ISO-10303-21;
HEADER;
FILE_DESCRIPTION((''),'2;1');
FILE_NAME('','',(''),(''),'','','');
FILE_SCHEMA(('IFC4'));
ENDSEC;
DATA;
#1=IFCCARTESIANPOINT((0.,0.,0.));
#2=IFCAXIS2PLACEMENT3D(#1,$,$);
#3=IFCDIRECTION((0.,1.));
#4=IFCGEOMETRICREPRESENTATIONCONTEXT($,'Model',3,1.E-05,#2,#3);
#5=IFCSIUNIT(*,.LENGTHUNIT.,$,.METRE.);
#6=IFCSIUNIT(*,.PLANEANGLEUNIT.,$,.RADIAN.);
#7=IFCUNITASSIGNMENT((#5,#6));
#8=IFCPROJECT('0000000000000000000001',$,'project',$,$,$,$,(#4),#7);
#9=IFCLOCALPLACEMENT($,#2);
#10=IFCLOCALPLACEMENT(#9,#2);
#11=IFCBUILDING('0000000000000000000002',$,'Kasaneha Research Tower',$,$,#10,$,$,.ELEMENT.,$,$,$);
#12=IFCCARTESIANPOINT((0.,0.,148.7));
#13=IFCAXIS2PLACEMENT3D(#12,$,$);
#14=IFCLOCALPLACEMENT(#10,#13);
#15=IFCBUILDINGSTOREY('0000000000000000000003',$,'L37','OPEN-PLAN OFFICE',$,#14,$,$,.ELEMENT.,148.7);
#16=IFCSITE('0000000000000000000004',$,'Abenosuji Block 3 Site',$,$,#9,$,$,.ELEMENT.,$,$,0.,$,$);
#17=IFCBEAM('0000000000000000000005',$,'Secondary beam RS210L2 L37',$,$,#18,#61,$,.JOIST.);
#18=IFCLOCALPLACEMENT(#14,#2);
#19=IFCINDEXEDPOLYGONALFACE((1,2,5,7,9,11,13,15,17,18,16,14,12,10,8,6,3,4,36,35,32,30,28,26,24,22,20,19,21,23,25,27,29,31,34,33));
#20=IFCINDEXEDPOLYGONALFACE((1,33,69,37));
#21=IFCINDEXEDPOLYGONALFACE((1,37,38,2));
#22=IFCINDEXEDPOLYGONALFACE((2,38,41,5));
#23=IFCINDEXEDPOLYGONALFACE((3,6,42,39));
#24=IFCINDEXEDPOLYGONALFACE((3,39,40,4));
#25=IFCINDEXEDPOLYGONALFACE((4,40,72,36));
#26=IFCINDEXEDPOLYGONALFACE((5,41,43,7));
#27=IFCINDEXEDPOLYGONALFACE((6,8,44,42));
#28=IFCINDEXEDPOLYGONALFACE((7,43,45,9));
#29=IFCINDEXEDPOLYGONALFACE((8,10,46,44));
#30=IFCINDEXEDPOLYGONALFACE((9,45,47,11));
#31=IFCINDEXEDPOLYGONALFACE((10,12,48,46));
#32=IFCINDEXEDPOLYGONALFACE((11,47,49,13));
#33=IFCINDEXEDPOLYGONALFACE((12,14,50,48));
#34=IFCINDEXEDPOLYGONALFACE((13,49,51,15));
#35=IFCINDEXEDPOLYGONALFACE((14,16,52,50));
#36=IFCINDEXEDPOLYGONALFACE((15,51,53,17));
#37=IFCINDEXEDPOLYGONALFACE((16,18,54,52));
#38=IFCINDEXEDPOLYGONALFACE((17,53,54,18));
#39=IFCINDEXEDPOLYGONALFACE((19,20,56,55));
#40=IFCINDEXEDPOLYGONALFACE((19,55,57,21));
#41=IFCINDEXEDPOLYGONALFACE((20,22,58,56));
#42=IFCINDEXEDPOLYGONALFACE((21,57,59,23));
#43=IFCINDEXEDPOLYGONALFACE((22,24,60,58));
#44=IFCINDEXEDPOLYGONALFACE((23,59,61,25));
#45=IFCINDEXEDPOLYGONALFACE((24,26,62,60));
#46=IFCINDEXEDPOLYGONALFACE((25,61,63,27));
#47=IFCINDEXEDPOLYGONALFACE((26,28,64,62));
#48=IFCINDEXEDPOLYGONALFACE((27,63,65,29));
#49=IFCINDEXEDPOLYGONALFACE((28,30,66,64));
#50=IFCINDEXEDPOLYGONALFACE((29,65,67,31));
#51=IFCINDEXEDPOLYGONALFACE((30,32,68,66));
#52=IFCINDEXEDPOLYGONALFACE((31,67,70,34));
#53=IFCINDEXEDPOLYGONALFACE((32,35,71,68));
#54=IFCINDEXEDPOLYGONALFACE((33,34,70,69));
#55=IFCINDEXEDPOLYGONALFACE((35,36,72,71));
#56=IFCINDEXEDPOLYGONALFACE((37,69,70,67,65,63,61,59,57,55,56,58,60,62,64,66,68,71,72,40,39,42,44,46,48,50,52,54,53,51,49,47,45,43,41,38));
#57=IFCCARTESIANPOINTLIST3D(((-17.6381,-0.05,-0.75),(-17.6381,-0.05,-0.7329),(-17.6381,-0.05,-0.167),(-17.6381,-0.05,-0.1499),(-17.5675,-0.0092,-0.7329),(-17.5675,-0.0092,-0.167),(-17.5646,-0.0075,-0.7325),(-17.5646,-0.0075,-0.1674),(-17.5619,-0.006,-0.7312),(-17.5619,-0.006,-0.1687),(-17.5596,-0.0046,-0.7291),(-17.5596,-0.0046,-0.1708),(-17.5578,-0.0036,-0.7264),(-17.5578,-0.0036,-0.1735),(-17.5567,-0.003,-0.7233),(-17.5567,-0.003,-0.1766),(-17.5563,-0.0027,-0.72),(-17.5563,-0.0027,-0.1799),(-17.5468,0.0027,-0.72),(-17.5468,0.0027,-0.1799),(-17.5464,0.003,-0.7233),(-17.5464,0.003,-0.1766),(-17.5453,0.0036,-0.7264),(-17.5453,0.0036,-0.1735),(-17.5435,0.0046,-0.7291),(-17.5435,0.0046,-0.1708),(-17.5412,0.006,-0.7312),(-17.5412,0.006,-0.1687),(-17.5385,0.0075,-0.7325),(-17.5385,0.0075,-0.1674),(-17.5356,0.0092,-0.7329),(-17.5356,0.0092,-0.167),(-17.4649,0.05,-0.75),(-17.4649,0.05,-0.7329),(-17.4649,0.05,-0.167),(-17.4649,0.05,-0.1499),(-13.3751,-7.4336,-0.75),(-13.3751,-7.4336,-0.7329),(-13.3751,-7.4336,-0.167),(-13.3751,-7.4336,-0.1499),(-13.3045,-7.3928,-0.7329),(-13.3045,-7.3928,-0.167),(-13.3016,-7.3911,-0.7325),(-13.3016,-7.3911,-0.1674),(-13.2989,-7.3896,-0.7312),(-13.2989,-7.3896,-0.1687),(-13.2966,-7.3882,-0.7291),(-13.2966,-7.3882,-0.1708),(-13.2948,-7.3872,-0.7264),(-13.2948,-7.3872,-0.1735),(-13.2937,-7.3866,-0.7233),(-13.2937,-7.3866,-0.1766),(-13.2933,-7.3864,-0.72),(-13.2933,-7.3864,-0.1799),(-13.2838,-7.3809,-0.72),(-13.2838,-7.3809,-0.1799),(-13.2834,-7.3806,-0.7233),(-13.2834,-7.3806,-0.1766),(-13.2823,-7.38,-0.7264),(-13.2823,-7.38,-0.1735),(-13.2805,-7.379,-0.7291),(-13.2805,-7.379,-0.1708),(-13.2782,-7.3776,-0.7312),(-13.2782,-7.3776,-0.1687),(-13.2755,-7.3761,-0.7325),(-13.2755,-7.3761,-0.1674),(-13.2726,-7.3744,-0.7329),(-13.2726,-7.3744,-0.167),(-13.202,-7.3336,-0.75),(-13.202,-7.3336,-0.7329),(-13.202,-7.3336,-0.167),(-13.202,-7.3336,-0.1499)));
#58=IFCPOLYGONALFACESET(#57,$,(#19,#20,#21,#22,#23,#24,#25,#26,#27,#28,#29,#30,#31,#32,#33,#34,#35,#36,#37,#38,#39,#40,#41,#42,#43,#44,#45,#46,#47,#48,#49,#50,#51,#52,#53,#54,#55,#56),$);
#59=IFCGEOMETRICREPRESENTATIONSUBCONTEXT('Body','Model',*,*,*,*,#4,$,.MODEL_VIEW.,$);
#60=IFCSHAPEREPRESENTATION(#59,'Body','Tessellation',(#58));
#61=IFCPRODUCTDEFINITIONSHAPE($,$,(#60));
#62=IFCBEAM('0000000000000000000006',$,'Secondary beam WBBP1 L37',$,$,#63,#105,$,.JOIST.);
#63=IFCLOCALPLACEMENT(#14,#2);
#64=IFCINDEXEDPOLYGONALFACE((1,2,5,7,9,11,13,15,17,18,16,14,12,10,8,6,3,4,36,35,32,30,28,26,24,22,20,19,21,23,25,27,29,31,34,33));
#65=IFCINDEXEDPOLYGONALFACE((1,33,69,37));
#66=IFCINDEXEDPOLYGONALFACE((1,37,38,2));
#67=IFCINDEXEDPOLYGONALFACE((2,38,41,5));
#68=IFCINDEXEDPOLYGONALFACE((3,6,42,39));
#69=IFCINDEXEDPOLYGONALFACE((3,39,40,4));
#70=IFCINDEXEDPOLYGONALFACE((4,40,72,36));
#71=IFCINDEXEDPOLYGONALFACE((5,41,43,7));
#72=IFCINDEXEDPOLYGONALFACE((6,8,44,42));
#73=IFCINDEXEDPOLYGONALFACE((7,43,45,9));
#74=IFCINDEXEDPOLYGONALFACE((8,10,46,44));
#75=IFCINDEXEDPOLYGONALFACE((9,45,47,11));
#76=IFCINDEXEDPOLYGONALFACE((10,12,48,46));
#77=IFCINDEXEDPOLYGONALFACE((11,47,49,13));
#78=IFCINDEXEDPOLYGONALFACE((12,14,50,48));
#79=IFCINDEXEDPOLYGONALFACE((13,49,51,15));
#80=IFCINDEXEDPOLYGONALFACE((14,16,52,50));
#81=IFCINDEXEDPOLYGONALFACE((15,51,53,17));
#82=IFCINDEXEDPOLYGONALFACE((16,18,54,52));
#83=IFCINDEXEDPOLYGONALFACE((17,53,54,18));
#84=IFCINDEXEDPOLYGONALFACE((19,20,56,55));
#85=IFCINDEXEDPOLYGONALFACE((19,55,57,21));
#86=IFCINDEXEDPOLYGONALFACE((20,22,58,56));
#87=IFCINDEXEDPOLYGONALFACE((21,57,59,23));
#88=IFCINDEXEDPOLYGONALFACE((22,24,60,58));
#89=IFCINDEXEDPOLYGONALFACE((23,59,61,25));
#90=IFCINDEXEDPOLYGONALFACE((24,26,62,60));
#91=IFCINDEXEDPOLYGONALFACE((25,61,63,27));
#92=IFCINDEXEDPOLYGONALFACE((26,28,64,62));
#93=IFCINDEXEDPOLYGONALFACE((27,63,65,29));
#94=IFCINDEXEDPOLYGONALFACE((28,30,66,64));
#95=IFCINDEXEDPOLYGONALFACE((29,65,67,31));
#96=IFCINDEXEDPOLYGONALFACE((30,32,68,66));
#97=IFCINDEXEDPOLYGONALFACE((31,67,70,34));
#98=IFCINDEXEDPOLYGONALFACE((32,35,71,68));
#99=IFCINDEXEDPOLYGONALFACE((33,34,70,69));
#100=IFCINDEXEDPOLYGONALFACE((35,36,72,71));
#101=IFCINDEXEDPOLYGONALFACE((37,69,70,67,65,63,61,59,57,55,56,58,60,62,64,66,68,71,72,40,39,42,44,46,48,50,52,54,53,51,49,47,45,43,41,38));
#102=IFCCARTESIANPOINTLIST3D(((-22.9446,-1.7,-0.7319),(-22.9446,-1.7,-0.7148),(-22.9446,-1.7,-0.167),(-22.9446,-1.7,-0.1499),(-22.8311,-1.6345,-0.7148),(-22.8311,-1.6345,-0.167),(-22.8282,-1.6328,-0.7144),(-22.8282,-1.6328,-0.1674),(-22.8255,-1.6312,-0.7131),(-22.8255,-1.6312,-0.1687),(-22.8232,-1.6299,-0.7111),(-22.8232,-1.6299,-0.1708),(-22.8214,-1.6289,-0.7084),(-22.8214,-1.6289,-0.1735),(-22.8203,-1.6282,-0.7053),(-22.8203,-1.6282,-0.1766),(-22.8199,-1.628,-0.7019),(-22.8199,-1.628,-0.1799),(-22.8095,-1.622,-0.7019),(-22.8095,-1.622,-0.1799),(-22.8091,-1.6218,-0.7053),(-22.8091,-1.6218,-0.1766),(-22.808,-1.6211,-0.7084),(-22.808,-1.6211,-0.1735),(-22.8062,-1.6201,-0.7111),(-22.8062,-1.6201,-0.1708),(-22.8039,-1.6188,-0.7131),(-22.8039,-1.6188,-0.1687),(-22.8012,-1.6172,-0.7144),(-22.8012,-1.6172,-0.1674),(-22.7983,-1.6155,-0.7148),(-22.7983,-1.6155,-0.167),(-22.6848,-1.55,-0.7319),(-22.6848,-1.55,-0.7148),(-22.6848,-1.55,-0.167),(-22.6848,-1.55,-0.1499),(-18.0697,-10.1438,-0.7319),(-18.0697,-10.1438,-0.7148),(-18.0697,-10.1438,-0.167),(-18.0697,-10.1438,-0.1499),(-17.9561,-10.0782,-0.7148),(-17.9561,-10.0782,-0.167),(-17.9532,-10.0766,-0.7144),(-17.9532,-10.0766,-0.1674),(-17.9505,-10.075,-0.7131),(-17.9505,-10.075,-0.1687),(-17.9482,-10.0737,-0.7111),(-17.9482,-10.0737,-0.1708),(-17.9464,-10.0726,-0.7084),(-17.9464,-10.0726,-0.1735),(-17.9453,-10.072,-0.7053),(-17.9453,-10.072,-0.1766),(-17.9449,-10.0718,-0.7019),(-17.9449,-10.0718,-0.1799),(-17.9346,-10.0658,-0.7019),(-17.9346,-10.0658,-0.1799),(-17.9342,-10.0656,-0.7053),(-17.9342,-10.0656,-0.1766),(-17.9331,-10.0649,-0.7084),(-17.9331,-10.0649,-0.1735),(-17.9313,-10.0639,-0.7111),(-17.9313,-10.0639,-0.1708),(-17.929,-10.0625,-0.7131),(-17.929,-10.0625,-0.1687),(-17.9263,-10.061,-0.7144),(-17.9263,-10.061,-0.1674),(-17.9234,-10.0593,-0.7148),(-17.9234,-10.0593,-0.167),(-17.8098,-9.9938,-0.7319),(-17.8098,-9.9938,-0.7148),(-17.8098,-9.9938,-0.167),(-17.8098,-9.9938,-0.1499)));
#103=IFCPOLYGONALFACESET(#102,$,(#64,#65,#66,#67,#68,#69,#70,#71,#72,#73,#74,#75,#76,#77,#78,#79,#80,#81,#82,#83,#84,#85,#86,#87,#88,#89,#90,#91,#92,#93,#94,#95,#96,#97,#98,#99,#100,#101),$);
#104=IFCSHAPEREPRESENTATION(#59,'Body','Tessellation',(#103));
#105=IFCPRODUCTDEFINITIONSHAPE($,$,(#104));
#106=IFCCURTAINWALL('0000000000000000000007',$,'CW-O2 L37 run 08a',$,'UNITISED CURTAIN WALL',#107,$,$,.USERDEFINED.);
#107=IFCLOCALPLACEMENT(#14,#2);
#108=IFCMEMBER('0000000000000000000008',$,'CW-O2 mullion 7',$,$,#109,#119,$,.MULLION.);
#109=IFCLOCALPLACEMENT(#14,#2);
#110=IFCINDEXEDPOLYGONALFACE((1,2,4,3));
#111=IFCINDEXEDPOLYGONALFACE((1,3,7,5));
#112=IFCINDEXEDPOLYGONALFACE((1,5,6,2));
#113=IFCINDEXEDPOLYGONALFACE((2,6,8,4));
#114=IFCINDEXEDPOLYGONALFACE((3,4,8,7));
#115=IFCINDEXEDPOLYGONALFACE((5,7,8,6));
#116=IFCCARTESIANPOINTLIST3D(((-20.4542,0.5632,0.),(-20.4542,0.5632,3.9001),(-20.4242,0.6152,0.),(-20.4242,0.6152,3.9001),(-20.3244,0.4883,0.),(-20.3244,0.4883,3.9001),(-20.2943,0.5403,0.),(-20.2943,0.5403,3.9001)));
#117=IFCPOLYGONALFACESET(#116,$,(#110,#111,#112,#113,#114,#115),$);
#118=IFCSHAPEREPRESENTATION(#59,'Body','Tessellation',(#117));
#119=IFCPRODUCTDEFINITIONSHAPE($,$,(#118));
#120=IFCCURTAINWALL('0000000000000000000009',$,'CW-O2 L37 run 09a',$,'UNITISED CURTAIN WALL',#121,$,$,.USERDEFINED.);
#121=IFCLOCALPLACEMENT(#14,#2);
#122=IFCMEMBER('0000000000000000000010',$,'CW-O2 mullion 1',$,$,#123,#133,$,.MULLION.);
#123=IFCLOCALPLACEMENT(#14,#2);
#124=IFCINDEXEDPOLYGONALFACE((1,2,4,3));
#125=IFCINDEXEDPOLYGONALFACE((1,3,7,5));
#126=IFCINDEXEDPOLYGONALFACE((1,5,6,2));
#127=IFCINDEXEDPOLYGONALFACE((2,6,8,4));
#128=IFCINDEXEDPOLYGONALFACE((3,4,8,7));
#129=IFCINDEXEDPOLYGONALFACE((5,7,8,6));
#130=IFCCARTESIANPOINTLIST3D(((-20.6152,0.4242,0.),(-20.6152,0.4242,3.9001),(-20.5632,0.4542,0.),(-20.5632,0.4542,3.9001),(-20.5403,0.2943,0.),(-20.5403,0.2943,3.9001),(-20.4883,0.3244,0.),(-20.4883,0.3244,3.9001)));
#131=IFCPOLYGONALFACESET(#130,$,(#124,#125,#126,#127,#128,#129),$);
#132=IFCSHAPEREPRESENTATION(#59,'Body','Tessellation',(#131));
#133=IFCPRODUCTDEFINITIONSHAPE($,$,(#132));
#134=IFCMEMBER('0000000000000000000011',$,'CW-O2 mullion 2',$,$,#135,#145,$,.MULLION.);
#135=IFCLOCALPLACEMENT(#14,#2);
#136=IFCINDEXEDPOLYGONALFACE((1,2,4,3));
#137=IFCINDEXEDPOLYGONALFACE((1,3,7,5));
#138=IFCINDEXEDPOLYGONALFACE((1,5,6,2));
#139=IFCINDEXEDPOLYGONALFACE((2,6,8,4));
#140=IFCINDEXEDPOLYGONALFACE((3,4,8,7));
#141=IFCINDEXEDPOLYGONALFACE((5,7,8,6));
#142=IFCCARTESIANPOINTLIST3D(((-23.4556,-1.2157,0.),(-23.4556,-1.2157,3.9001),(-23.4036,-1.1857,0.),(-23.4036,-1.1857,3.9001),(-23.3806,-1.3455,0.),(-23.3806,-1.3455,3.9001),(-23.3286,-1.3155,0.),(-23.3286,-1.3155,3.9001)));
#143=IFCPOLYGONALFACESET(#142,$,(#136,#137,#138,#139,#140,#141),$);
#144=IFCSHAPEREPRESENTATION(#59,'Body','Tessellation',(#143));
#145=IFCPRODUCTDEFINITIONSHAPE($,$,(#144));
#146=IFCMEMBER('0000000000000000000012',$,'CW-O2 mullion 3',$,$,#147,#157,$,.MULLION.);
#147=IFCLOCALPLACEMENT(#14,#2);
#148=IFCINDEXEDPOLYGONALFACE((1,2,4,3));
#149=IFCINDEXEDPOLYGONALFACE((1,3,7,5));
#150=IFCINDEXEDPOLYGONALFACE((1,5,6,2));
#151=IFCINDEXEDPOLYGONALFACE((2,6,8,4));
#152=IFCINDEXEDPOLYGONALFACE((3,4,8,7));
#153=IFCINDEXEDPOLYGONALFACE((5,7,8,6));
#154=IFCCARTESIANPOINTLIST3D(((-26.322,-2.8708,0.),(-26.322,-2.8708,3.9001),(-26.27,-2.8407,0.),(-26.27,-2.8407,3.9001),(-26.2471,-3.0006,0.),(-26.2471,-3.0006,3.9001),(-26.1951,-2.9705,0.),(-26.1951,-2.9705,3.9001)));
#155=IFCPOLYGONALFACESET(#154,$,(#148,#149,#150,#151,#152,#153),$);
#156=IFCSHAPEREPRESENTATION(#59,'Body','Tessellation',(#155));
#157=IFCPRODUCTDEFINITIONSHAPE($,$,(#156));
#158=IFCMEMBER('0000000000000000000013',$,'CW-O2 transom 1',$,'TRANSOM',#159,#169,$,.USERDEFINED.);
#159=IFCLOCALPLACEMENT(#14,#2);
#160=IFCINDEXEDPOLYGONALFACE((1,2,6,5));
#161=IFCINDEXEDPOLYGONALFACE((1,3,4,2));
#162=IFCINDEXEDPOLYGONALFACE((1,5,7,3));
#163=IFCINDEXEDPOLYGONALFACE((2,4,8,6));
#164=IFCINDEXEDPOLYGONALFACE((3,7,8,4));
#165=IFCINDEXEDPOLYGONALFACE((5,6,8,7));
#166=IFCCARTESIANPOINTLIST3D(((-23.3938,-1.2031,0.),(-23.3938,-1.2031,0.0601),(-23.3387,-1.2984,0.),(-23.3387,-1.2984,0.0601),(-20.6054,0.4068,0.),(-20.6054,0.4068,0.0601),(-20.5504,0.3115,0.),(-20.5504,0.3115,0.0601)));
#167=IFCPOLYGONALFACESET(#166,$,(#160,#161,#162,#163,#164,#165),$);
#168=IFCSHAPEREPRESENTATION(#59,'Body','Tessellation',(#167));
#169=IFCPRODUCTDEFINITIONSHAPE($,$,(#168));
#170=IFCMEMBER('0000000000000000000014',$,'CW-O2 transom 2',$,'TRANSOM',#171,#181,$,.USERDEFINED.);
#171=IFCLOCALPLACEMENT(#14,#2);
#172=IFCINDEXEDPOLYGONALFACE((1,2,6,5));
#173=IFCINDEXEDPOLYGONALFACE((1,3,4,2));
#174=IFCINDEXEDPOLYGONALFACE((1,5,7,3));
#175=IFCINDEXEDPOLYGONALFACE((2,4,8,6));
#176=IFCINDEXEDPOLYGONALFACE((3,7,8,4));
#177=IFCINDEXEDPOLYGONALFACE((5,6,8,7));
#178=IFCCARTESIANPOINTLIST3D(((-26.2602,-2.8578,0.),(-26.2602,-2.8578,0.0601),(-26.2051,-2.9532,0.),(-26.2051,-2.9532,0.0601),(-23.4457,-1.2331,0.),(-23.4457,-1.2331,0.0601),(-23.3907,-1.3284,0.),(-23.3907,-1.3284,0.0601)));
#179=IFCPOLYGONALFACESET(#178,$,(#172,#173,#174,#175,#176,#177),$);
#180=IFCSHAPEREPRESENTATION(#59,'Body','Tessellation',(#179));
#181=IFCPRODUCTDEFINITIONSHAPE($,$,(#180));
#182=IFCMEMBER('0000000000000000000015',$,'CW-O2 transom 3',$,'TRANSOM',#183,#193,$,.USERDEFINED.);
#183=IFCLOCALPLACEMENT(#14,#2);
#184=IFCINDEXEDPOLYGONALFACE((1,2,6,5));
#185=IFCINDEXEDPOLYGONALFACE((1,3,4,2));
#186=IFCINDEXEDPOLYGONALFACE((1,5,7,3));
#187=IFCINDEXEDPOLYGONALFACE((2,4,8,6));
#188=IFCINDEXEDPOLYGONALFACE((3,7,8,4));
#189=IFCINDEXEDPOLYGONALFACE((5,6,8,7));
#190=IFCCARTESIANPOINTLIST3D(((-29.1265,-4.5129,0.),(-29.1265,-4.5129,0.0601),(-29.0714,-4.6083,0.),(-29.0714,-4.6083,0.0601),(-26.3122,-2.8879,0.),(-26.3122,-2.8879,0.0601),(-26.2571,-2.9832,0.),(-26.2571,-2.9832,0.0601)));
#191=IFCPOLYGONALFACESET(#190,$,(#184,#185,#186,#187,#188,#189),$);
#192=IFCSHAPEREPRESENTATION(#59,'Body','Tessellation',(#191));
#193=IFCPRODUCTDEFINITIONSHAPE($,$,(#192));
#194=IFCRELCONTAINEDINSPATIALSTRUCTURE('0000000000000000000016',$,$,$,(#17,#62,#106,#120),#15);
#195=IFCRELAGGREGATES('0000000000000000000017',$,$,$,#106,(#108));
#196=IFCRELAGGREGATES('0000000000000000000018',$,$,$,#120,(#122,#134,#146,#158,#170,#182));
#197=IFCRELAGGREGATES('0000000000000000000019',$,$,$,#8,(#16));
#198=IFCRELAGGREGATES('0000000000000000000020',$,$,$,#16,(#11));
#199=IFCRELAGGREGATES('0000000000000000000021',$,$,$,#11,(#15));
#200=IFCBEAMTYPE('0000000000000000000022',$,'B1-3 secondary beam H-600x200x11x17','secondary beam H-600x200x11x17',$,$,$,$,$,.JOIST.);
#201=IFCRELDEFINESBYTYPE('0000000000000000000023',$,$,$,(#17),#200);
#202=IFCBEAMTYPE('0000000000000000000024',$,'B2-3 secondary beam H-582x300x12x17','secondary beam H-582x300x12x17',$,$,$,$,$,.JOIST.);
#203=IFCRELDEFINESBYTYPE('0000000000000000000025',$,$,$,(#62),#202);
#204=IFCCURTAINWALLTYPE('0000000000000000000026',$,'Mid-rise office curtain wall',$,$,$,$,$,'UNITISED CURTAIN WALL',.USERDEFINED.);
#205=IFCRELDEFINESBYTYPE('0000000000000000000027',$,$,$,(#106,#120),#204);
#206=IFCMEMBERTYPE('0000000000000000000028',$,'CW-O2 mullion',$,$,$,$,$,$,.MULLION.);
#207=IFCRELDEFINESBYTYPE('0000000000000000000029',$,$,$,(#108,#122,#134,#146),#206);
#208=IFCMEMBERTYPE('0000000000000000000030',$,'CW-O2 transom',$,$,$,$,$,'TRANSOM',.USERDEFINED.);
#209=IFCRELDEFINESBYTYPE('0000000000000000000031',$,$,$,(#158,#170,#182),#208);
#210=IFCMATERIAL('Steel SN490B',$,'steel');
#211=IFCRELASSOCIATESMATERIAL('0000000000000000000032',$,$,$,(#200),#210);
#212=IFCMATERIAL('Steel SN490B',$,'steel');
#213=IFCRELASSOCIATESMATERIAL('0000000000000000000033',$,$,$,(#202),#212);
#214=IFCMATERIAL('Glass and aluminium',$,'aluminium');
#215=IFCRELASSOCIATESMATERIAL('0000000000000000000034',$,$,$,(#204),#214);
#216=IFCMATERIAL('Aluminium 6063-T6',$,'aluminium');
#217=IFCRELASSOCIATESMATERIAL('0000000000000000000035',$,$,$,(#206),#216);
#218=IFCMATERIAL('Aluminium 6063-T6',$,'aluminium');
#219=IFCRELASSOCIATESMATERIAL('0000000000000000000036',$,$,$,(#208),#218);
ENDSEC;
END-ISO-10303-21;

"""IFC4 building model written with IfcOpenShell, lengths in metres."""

from ifc_helpers import new_model, si_unit, direction, frame, origin, origin_2d, place, context, subcontext, project, spatial, rectangle, i_section, extrude, material, material_profile, profile_set, type_object, element, aggregate, save


model = new_model("IFC4")

# Units and contexts
model_context = context("Model", 3, precision=1e-05, world=origin(), true_north=direction((0.0, 1.0)))
body_context = subcontext(model_context, "Body", "Model", "MODEL_VIEW")
ifc_project = project(units=[si_unit("LENGTHUNIT", "METRE"), si_unit("PLANEANGLEUNIT", "RADIAN")], contexts=[model_context])

# Site, building, storey
site_placement = place(None, origin())
site = spatial("IfcSite", under=ifc_project, at=site_placement, Name="Abenosuji Block 3 Site", CompositionType="ELEMENT", RefElevation=0.0)
building_placement = place(site_placement, origin())
building = spatial("IfcBuilding", under=site, at=building_placement, Name="Kasaneha Research Tower", CompositionType="ELEMENT")
storey_placement = place(building_placement, frame((0.0, 0.0, 148.7)))
storey = spatial("IfcBuildingStorey", under=building, at=storey_placement, Name="L37", Description="OPEN-PLAN OFFICE", CompositionType="ELEMENT", Elevation=148.7)

# Beams
ifc_material_1 = material(Name="Steel SN490B", Category="steel")
ifc_material_profile_1 = material_profile(ifc_material_1, i_section(OverallWidth=0.2, OverallDepth=0.6001, WebThickness=0.011, FlangeThickness=0.0171, FilletRadius=0.0129, at=origin_2d()), Name="H-600x200x11x17")
ifc_profile_set_1 = profile_set([ifc_material_profile_1], Name="Steel SN490B")
beam_type_1 = type_object("IfcBeamType", Name="B1-3 secondary beam H-600x200x11x17", Description="secondary beam H-600x200x11x17", PredefinedType="JOIST", material=ifc_profile_set_1)
beam_1_placement = place(storey_placement, frame((-17.5515, 0.0, -0.45), z_axis=(0.500004, -0.866023, 0.0), x_axis=(0.866023, 0.500004, 0.0)))
element("IfcBeam", 1, at=beam_1_placement, inside=storey, type_object=beam_type_1, Name="Secondary beam RS210L2 L37", PredefinedType="JOIST", context=body_context, shape_type="SweptSolid", body=[
    extrude(i_section(OverallWidth=0.2, OverallDepth=0.6001, WebThickness=0.011, FlangeThickness=0.0171, FilletRadius=0.0129, at=origin_2d()), origin(), (0.0, 0.0, 1.0), 8.5259),
])
ifc_material_2 = material(Name="Steel SN490B", Category="steel")
ifc_material_profile_2 = material_profile(ifc_material_2, i_section(OverallWidth=0.3, OverallDepth=0.582, WebThickness=0.012, FlangeThickness=0.0171, FilletRadius=0.0129, at=origin_2d()), Name="H-582x300x12x17")
ifc_profile_set_2 = profile_set([ifc_material_profile_2], Name="Steel SN490B")
beam_type_2 = type_object("IfcBeamType", Name="B2-3 secondary beam H-582x300x12x17", Description="secondary beam H-582x300x12x17", PredefinedType="JOIST", material=ifc_profile_set_2)
beam_2_placement = place(storey_placement, frame((-22.8147, -1.625, -0.4409), z_axis=(0.499996, -0.866028, 0.0), x_axis=(0.866028, 0.499996, 0.0)))
element("IfcBeam", 2, at=beam_2_placement, inside=storey, type_object=beam_type_2, Name="Secondary beam WBBP1 L37", PredefinedType="JOIST", context=body_context, shape_type="SweptSolid", body=[
    extrude(i_section(OverallWidth=0.3, OverallDepth=0.582, WebThickness=0.012, FlangeThickness=0.0171, FilletRadius=0.0129, at=origin_2d()), origin(), (0.0, 0.0, 1.0), 9.75),
])

# Curtain wall, member
ifc_material_3 = material(Name="Glass and aluminium", Category="aluminium")
curtain_wall_type = type_object("IfcCurtainWallType", Name="Mid-rise office curtain wall", ElementType="UNITISED CURTAIN WALL", PredefinedType="USERDEFINED", material=ifc_material_3)
curtain_wall_1_placement = place(storey_placement, origin())
curtain_wall_1 = element("IfcCurtainWall", 3, at=curtain_wall_1_placement, inside=storey, type_object=curtain_wall_type, Name="CW-O2 L37 run 08a", ObjectType="UNITISED CURTAIN WALL", PredefinedType="USERDEFINED")
ifc_material_4 = material(Name="Aluminium 6063-T6", Category="aluminium")
ifc_material_profile_3 = material_profile(ifc_material_4, rectangle(XDim=0.0601, YDim=0.1499, at=origin_2d()), Name="CW-O2 mullion 60x150")
ifc_profile_set_3 = profile_set([ifc_material_profile_3], Name="Aluminium 6063-T6")
member_type_1 = type_object("IfcMemberType", Name="CW-O2 mullion", PredefinedType="MULLION", material=ifc_profile_set_3)
member_1_placement = place(storey_placement, frame((-20.3743, 0.5518, 0.0), z_axis=(0.0, 0.0, 1.0), x_axis=(-0.5, -0.866025, 0.0)))
member_1 = element("IfcMember", 4, at=member_1_placement, type_object=member_type_1, Name="CW-O2 mullion 7", PredefinedType="MULLION", context=body_context, shape_type="SweptSolid", body=[
    extrude(rectangle(XDim=0.0601, YDim=0.1499, at=origin_2d()), origin(), (0.0, 0.0, 1.0), 3.9001),
])

# Curtain wall, members
curtain_wall_2_placement = place(storey_placement, origin())
curtain_wall_2 = element("IfcCurtainWall", 5, at=curtain_wall_2_placement, inside=storey, type_object=curtain_wall_type, Name="CW-O2 L37 run 09a", ObjectType="UNITISED CURTAIN WALL", PredefinedType="USERDEFINED")
member_2_placement = place(storey_placement, frame((-20.5518, 0.3743, 0.0), z_axis=(0.0, 0.0, 1.0), x_axis=(-0.866025, -0.5, 0.0)))
member_2 = element("IfcMember", 6, at=member_2_placement, type_object=member_type_1, Name="CW-O2 mullion 1", PredefinedType="MULLION", context=body_context, shape_type="SweptSolid", body=[
    extrude(rectangle(XDim=0.0601, YDim=0.1499, at=origin_2d()), origin(), (0.0, 0.0, 1.0), 3.9001),
])
member_3_placement = place(storey_placement, frame((-23.3921, -1.2656, 0.0), z_axis=(0.0, 0.0, 1.0), x_axis=(-0.866025, -0.5, 0.0)))
member_3 = element("IfcMember", 7, at=member_3_placement, type_object=member_type_1, Name="CW-O2 mullion 2", PredefinedType="MULLION", context=body_context, shape_type="SweptSolid", body=[
    extrude(rectangle(XDim=0.0601, YDim=0.1499, at=origin_2d()), origin(), (0.0, 0.0, 1.0), 3.9001),
])
member_4_placement = place(storey_placement, frame((-26.2585, -2.9207, 0.0), z_axis=(0.0, 0.0, 1.0), x_axis=(-0.866025, -0.5, 0.0)))
member_4 = element("IfcMember", 8, at=member_4_placement, type_object=member_type_1, Name="CW-O2 mullion 3", PredefinedType="MULLION", context=body_context, shape_type="SweptSolid", body=[
    extrude(rectangle(XDim=0.0601, YDim=0.1499, at=origin_2d()), origin(), (0.0, 0.0, 1.0), 3.9001),
])
ifc_material_5 = material(Name="Aluminium 6063-T6", Category="aluminium")
ifc_material_profile_4 = material_profile(ifc_material_5, rectangle(XDim=0.1101, YDim=0.0601, at=origin_2d()), Name="CW-O2 transom 110x60")
ifc_profile_set_4 = profile_set([ifc_material_profile_4], Name="Aluminium 6063-T6")
member_type_2 = type_object("IfcMemberType", Name="CW-O2 transom", ElementType="TRANSOM", PredefinedType="USERDEFINED", material=ifc_profile_set_4)
member_5_placement = place(storey_placement, frame((-20.5779, 0.3591, 0.03), z_axis=(-0.866023, -0.500005, 0.0), x_axis=(0.500005, -0.866023, 0.0)))
member_5 = element("IfcMember", 9, at=member_5_placement, type_object=member_type_2, Name="CW-O2 transom 1", ObjectType="TRANSOM", PredefinedType="USERDEFINED", context=body_context, shape_type="SweptSolid", body=[
    extrude(rectangle(XDim=0.1101, YDim=0.0601, at=origin_2d()), origin(), (0.0, 0.0, 1.0), 3.2197),
])
member_6_placement = place(storey_placement, frame((-23.4182, -1.2808, 0.03), z_axis=(-0.866048, -0.499961, 0.0), x_axis=(0.499961, -0.866048, 0.0)))
member_6 = element("IfcMember", 10, at=member_6_placement, type_object=member_type_2, Name="CW-O2 transom 2", ObjectType="TRANSOM", PredefinedType="USERDEFINED", context=body_context, shape_type="SweptSolid", body=[
    extrude(rectangle(XDim=0.1101, YDim=0.0601, at=origin_2d()), origin(), (0.0, 0.0, 1.0), 3.2498),
])
member_7_placement = place(storey_placement, frame((-26.2847, -2.9355, 0.03), z_axis=(-0.865997, -0.50005, 0.0), x_axis=(0.50005, -0.865997, 0.0)))
member_7 = element("IfcMember", 11, at=member_7_placement, type_object=member_type_2, Name="CW-O2 transom 3", ObjectType="TRANSOM", PredefinedType="USERDEFINED", context=body_context, shape_type="SweptSolid", body=[
    extrude(rectangle(XDim=0.1101, YDim=0.0601, at=origin_2d()), origin(), (0.0, 0.0, 1.0), 3.2498),
])

aggregate(curtain_wall_1, [member_1])
aggregate(curtain_wall_2, [member_2, member_3, member_4, member_5, member_6, member_7])

save(model, "model.ifc")
